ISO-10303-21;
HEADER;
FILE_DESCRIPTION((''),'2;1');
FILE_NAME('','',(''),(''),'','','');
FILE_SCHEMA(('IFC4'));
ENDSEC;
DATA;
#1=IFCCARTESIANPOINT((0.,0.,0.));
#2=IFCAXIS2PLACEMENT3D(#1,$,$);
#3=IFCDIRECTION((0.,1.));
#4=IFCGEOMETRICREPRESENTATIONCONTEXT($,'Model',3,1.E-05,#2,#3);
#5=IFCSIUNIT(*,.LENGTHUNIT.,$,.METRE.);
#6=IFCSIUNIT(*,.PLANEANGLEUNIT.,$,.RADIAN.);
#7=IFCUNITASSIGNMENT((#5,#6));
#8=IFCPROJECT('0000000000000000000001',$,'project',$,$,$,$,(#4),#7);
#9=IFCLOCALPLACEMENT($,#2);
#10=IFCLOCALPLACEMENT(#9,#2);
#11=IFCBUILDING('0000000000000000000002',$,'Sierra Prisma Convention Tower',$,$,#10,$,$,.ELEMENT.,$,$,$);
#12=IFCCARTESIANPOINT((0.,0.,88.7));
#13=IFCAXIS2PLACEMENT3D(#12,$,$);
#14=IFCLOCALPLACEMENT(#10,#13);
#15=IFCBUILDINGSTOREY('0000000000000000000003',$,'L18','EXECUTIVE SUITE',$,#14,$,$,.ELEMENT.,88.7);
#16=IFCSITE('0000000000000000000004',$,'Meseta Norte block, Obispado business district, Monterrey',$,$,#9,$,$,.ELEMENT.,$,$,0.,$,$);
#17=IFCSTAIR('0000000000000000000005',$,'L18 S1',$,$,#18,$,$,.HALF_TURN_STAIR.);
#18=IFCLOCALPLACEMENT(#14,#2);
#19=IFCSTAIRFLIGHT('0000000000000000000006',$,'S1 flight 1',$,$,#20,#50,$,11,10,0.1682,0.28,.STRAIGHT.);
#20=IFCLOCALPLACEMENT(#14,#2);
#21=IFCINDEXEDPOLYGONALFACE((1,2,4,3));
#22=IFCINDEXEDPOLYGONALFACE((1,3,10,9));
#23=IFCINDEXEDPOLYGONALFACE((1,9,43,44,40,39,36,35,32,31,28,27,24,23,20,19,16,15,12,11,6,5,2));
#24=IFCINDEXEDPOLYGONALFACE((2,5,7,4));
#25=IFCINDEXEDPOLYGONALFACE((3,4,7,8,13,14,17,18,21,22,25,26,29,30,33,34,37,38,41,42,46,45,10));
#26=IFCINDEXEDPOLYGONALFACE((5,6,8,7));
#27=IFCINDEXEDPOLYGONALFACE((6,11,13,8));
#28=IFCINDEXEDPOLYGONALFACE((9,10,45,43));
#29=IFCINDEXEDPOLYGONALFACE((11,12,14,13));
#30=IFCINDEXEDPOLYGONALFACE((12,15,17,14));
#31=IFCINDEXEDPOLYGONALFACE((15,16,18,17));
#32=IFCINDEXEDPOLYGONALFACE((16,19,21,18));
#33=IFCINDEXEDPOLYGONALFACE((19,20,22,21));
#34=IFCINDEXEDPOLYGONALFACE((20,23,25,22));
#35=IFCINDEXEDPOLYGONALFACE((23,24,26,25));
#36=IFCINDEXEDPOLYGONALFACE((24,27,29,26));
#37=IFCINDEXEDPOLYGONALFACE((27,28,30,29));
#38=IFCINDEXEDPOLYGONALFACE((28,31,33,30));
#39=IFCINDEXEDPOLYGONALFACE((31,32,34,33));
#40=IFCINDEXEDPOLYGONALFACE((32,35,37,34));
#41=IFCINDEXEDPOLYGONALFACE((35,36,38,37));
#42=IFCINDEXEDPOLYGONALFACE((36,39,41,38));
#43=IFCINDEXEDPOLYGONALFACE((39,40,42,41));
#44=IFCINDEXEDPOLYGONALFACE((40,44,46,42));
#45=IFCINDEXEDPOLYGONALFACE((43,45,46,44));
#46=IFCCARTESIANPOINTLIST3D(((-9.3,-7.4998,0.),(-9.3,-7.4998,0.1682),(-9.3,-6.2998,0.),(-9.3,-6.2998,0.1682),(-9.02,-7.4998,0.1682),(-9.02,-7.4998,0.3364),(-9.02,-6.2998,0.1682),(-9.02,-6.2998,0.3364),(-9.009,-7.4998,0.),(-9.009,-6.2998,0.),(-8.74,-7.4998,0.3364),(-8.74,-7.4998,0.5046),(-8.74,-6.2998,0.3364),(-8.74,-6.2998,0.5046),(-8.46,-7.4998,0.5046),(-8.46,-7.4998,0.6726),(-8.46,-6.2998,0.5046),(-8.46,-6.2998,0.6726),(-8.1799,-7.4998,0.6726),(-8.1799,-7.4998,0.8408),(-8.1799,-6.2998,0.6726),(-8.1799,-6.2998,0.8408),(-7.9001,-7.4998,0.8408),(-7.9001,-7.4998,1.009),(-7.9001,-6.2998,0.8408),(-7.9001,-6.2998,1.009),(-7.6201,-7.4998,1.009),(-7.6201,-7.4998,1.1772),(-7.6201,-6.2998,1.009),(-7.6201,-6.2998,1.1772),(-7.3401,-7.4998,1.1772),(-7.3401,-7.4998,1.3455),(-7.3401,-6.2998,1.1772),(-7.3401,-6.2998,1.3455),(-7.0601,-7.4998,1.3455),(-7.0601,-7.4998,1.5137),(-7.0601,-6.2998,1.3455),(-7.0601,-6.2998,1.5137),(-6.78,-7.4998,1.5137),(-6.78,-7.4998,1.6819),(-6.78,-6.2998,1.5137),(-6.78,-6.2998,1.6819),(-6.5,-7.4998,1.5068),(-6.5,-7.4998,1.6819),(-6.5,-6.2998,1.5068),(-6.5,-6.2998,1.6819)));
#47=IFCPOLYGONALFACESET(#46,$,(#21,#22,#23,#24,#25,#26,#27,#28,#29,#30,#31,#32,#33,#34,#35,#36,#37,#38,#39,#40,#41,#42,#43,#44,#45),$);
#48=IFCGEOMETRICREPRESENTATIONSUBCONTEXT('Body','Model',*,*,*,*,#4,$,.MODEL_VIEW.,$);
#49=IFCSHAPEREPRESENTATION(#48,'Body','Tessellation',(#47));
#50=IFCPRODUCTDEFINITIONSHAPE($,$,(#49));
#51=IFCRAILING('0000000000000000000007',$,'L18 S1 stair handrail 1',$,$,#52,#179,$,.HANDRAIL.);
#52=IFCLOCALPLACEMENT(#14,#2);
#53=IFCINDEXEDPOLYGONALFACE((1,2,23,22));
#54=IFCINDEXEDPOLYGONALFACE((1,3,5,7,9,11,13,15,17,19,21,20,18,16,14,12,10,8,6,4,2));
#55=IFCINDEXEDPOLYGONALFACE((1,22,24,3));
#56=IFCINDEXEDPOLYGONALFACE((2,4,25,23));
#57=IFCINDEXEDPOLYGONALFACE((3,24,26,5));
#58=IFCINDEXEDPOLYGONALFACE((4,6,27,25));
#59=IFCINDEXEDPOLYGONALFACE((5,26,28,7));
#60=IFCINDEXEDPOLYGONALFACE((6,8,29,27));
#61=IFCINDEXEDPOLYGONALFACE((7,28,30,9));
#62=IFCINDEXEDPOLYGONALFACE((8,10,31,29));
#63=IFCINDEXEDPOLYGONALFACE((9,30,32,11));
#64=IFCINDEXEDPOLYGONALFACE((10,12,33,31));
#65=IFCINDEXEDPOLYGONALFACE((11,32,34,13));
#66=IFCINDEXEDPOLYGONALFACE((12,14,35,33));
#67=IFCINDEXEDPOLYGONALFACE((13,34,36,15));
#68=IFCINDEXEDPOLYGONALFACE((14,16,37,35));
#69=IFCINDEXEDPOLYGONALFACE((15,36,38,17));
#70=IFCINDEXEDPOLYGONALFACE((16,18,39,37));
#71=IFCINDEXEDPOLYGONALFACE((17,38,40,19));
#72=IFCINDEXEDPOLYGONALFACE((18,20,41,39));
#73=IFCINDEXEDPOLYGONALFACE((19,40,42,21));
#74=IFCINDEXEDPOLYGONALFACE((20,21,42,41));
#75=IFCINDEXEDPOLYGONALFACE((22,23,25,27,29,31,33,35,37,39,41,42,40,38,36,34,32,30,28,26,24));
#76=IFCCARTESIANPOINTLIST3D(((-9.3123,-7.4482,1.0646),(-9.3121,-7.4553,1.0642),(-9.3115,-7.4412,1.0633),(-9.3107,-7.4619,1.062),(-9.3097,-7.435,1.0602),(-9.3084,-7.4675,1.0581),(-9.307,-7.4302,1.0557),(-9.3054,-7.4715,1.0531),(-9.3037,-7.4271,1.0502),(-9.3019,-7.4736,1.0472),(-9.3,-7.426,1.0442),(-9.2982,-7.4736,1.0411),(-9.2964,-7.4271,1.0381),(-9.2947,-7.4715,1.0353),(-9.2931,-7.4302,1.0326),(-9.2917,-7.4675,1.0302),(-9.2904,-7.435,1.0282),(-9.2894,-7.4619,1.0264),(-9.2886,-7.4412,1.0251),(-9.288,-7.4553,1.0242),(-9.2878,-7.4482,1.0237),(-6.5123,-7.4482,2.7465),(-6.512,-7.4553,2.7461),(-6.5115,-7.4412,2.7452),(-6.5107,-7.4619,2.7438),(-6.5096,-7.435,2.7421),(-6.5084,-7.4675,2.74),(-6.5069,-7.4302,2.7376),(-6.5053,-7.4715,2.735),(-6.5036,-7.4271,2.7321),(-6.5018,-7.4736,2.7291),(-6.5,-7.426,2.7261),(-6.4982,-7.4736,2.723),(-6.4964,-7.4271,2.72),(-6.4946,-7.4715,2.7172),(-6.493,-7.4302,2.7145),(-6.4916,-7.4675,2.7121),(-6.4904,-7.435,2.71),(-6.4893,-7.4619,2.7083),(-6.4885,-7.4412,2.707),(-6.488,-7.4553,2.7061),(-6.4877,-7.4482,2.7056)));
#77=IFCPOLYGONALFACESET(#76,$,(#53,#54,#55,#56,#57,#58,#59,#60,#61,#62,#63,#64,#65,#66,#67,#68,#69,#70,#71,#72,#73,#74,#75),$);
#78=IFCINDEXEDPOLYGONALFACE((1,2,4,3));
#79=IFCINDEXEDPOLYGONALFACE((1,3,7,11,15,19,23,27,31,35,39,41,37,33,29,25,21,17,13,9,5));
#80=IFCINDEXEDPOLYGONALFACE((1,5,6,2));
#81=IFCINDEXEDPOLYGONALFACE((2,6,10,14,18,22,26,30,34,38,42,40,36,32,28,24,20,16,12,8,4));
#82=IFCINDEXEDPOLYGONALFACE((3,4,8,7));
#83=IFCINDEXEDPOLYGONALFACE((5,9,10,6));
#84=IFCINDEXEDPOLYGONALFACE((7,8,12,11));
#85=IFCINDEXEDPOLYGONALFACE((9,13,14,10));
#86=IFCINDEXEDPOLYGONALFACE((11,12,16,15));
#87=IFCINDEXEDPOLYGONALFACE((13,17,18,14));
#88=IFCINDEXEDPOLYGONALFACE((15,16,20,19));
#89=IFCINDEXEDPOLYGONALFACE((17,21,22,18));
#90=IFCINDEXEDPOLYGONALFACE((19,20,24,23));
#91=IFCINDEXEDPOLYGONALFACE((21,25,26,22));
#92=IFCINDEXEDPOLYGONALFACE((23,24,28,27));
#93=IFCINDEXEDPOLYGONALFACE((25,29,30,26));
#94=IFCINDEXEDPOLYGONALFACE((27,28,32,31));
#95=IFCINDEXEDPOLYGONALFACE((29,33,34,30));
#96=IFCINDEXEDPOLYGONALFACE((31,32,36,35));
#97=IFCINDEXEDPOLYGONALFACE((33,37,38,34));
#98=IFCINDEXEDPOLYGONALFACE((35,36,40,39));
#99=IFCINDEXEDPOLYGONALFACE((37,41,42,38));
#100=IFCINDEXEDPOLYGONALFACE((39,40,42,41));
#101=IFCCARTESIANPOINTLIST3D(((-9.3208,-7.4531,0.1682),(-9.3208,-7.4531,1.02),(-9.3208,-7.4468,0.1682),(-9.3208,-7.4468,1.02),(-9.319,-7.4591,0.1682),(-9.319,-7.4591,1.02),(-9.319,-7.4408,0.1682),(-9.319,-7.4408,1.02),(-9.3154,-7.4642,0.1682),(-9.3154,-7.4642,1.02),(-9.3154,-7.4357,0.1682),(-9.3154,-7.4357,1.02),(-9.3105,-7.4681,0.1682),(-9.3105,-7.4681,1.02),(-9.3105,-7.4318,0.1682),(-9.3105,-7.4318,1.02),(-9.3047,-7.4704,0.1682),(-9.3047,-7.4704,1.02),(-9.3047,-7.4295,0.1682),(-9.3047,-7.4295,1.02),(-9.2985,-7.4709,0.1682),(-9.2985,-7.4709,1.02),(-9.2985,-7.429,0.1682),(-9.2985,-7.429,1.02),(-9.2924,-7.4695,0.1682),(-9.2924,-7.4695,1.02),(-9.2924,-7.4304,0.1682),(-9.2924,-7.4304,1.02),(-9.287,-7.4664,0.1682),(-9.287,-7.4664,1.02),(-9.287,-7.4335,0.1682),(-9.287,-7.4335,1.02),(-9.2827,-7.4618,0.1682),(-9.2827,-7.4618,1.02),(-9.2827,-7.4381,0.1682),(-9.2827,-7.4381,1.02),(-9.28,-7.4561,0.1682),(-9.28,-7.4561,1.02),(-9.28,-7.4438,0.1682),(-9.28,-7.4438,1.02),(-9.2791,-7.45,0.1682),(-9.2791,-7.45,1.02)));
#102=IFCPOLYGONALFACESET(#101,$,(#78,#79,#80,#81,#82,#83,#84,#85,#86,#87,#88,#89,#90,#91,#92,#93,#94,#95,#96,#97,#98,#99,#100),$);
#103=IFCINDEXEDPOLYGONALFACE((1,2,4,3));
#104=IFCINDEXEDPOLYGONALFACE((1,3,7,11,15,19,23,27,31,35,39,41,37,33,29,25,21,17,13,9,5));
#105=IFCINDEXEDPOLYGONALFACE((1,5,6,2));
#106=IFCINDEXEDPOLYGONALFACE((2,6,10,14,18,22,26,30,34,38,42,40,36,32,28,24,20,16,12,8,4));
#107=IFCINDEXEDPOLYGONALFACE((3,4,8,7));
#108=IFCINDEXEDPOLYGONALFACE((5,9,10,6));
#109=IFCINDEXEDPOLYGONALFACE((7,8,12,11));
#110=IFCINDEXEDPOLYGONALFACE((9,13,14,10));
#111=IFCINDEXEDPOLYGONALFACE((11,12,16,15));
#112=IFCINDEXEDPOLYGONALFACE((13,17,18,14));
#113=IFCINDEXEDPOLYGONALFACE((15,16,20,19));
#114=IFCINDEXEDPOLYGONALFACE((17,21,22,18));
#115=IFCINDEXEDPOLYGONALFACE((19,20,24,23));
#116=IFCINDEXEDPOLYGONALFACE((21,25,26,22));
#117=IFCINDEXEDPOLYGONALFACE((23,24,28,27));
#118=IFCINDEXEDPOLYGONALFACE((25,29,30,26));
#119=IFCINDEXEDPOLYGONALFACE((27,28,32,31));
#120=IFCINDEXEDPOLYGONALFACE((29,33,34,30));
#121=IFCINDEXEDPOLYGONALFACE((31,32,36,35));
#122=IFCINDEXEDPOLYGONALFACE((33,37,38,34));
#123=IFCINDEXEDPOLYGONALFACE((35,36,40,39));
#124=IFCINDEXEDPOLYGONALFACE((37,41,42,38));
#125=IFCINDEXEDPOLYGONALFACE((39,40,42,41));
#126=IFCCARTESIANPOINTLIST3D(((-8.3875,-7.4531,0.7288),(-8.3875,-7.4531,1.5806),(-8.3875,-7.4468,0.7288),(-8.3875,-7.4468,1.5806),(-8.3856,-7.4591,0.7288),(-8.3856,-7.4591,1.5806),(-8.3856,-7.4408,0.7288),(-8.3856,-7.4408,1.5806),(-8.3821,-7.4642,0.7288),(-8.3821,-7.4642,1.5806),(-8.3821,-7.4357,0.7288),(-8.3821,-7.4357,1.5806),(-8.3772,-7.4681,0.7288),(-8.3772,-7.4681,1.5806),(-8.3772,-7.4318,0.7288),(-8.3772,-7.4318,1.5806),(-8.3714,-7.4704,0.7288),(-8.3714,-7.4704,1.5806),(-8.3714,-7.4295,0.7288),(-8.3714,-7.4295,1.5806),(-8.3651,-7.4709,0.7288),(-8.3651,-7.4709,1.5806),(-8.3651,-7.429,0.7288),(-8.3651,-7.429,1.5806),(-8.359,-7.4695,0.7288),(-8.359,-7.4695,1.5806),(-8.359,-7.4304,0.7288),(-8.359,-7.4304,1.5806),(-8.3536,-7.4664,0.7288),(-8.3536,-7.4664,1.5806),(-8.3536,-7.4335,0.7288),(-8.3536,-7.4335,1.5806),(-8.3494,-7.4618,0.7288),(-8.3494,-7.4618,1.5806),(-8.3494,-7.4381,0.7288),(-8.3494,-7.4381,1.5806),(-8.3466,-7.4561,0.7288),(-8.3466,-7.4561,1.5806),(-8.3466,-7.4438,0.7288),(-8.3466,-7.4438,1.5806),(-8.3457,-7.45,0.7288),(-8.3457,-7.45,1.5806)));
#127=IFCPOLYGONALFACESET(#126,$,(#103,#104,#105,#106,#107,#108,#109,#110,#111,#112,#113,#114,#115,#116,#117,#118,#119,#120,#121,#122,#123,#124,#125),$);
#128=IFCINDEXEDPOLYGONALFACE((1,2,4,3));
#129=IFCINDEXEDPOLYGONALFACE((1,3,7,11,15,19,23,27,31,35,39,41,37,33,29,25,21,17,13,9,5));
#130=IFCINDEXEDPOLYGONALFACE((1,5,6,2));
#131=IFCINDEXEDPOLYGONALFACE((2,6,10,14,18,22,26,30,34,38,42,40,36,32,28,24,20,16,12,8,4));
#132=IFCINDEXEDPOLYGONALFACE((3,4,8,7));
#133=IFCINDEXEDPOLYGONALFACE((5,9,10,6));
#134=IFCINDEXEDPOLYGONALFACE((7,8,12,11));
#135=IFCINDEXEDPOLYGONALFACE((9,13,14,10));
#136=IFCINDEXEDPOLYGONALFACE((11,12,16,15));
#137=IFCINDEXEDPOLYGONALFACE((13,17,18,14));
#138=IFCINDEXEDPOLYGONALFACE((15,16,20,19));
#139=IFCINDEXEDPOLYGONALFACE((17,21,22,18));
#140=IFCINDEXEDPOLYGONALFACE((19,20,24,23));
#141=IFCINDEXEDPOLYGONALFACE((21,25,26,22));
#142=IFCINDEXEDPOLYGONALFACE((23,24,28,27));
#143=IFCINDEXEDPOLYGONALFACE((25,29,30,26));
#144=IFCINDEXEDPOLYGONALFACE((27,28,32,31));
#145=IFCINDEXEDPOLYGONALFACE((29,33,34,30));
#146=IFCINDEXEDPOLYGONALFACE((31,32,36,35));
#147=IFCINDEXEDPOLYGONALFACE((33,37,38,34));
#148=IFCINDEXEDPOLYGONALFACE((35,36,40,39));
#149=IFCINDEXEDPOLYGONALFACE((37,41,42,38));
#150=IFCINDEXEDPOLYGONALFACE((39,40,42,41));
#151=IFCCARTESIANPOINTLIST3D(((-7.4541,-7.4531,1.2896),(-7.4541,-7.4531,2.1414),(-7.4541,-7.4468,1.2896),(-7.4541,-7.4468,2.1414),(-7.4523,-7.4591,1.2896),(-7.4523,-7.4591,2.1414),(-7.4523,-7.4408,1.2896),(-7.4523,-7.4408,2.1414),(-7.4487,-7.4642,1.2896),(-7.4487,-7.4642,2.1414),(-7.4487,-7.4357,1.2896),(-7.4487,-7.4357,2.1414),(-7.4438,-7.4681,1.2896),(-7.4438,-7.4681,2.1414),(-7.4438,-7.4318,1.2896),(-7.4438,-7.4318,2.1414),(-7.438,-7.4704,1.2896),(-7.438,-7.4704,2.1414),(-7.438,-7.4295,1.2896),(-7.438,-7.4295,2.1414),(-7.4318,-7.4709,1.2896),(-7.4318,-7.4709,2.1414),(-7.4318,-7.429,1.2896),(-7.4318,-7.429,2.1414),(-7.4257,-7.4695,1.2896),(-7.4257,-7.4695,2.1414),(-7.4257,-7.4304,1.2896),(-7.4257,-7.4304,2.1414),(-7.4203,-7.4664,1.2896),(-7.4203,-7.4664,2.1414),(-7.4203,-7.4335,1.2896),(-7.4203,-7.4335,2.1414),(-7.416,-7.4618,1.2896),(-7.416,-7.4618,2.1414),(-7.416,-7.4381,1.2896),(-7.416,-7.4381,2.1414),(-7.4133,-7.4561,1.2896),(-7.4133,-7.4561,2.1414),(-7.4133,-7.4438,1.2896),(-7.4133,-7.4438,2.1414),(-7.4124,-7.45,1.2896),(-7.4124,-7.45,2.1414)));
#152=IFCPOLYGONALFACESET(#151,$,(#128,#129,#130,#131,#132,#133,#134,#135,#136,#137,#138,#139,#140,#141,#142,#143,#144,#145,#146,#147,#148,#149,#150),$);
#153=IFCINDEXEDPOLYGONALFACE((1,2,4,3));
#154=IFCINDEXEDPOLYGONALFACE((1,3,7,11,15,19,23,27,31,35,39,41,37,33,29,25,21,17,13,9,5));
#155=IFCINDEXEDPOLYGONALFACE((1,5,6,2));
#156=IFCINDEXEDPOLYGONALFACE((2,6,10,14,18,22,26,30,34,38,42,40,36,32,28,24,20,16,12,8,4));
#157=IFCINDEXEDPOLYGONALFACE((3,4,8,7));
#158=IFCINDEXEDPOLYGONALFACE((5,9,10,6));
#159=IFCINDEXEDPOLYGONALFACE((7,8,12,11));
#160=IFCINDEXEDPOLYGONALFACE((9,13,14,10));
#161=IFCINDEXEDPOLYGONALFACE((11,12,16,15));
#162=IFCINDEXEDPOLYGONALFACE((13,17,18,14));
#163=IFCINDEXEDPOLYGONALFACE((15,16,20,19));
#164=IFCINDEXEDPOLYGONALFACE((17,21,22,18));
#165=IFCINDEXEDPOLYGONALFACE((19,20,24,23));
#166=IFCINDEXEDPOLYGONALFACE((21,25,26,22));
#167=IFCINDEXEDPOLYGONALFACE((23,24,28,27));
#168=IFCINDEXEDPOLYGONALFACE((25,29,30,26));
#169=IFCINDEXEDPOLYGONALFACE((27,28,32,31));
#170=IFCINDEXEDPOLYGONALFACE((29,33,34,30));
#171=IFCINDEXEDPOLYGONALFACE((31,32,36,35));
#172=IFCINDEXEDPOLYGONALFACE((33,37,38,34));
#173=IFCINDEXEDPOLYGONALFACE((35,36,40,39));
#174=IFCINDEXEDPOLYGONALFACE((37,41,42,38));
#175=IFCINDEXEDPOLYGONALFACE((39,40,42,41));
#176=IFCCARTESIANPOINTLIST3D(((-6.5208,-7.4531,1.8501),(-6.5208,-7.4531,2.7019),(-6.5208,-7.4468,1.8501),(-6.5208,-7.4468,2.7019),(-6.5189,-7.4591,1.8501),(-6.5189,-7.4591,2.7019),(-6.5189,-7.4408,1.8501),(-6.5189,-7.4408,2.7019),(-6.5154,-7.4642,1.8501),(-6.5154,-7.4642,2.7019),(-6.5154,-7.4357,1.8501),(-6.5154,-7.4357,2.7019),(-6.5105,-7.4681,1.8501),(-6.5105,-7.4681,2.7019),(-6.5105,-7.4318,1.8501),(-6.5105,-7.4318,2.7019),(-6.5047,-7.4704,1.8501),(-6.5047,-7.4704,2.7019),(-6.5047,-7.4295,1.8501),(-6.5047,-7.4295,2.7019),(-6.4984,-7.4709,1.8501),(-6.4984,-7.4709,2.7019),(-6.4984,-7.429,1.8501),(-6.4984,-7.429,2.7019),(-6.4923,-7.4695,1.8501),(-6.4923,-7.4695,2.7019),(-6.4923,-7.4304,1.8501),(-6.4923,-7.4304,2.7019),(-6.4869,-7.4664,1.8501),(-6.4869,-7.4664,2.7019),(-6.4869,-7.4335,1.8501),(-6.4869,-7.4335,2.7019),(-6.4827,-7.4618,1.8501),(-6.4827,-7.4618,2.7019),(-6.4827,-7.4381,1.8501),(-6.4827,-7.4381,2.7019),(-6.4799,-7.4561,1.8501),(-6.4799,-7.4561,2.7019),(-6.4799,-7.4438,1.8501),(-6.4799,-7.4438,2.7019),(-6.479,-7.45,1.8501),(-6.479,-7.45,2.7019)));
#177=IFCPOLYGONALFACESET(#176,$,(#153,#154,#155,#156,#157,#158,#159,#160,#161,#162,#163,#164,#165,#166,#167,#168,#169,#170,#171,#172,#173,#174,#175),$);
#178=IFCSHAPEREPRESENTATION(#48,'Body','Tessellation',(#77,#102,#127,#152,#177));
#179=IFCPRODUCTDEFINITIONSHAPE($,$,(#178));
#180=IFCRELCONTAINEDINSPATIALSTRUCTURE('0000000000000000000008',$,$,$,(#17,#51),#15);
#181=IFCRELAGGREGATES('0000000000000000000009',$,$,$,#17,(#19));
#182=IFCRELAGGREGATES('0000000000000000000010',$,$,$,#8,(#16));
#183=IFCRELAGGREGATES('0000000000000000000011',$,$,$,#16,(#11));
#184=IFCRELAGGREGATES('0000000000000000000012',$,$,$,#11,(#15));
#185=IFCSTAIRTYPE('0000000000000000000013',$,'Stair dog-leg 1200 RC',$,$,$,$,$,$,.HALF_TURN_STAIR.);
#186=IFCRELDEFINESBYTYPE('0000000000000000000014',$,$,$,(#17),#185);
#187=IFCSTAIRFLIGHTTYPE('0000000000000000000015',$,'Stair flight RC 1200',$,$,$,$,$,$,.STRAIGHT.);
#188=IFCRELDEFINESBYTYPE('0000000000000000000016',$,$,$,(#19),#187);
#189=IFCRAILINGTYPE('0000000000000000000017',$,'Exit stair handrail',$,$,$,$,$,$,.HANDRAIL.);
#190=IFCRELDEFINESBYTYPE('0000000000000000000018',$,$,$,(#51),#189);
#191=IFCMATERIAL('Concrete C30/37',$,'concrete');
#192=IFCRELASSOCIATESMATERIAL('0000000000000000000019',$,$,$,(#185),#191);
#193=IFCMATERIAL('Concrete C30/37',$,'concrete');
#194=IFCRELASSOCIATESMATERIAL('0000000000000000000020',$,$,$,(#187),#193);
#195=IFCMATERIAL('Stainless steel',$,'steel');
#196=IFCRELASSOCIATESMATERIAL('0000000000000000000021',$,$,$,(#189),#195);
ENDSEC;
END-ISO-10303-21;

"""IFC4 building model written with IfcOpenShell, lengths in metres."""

from ifc_helpers import new_model, si_unit, direction, frame, origin, origin_2d, place, context, subcontext, project, spatial, polyline, circle, outline, extrude, material, type_object, element, aggregate, save


model = new_model("IFC4")

# Units and contexts
model_context = context("Model", 3, precision=1e-05, world=origin(), true_north=direction((0.0, 1.0)))
body_context = subcontext(model_context, "Body", "Model", "MODEL_VIEW")
ifc_project = project(units=[si_unit("LENGTHUNIT", "METRE"), si_unit("PLANEANGLEUNIT", "RADIAN")], contexts=[model_context])

# Site, building, storey
site_placement = place(None, origin())
site = spatial("IfcSite", under=ifc_project, at=site_placement, Name="Meseta Norte block, Obispado business district, Monterrey", CompositionType="ELEMENT", RefElevation=0.0)
building_placement = place(site_placement, origin())
building = spatial("IfcBuilding", under=site, at=building_placement, Name="Sierra Prisma Convention Tower", CompositionType="ELEMENT")
storey_placement = place(building_placement, frame((0.0, 0.0, 88.7)))
storey = spatial("IfcBuildingStorey", under=building, at=storey_placement, Name="L18", Description="EXECUTIVE SUITE", CompositionType="ELEMENT", Elevation=88.7)

# Stair, stair flight
ifc_material_1 = material(Name="Concrete C30/37", Category="concrete")
stair_type = type_object("IfcStairType", Name="Stair dog-leg 1200 RC", PredefinedType="HALF_TURN_STAIR", material=ifc_material_1)
stair_placement = place(storey_placement, origin())
stair = element("IfcStair", 1, at=stair_placement, inside=storey, type_object=stair_type, Name="L18 S1", PredefinedType="HALF_TURN_STAIR")
ifc_material_2 = material(Name="Concrete C30/37", Category="concrete")
stair_flight_type = type_object("IfcStairFlightType", Name="Stair flight RC 1200", PredefinedType="STRAIGHT", material=ifc_material_2)
stair_flight_placement = place(storey_placement, frame((-9.3, -6.8999, 0.0), z_axis=(0.0, 0.0, 1.0), x_axis=(1.0, 0.0, 0.0)))
stair_flight = element("IfcStairFlight", 2, at=stair_flight_placement, type_object=stair_flight_type, Name="S1 flight 1", NumberOfRisers=11, NumberOfTreads=10, PredefinedType="STRAIGHT", RiserHeight=0.1682, TreadLength=0.28, context=body_context, shape_type="SweptSolid", body=[
    extrude(outline(polyline([(0.0, 0.0), (0.0, 0.1682), (0.28, 0.1682), (0.28, 0.3364), (0.5601, 0.3364), (0.5601, 0.5046), (0.8401, 0.5046), (0.8401, 0.6726), (1.1201, 0.6726), (1.1201, 0.8408), (1.3999, 0.8408), (1.3999, 1.009), (1.6799, 1.009), (1.6799, 1.1772), (1.96, 1.1772), (1.96, 1.3455), (2.24, 1.3455), (2.24, 1.5137), (2.52, 1.5137), (2.52, 1.6819), (2.8, 1.6819), (2.8, 1.8501), (2.8, 1.5068), (0.291, 0.0), (0.0, 0.0)])), frame((0.0, 0.6001, 0.0), z_axis=(0.0, -1.0, 0.0), x_axis=(1.0, 0.0, 0.0)), (0.0, 0.0, 1.0), 1.2),
])
aggregate(stair, [stair_flight])

# Railing
ifc_material_3 = material(Name="Stainless steel", Category="steel")
railing_type_1 = type_object("IfcRailingType", Name="Exit stair handrail", PredefinedType="HANDRAIL", material=ifc_material_3)
railing_1_placement = place(storey_placement, frame((-9.3, -7.45, 0.1682)))
element("IfcRailing", 3, at=railing_1_placement, inside=storey, type_object=railing_type_1, Name="L18 S1 stair handrail 1", PredefinedType="HANDRAIL", context=body_context, shape_type="SweptSolid", body=[
    extrude(circle(Radius=0.0239, at=origin_2d()), frame((0.0, 0.0, 0.876), z_axis=(0.857242, 0.0, 0.514913), x_axis=(0.0, 1.0, 0.0)), (0.0, 0.0, 1.0), 3.2664),
    extrude(circle(Radius=0.021, at=origin_2d()), origin(), (0.0, 0.0, 1.0), 0.8518),
    extrude(circle(Radius=0.021, at=origin_2d()), frame((0.9333, 0.0, 0.5605)), (0.0, 0.0, 1.0), 0.8518),
    extrude(circle(Radius=0.021, at=origin_2d()), frame((1.8667, 0.0, 1.1213)), (0.0, 0.0, 1.0), 0.8518),
    extrude(circle(Radius=0.021, at=origin_2d()), frame((2.8, 0.0, 1.6819)), (0.0, 0.0, 1.0), 0.8518),
])

save(model, "model.ifc")
